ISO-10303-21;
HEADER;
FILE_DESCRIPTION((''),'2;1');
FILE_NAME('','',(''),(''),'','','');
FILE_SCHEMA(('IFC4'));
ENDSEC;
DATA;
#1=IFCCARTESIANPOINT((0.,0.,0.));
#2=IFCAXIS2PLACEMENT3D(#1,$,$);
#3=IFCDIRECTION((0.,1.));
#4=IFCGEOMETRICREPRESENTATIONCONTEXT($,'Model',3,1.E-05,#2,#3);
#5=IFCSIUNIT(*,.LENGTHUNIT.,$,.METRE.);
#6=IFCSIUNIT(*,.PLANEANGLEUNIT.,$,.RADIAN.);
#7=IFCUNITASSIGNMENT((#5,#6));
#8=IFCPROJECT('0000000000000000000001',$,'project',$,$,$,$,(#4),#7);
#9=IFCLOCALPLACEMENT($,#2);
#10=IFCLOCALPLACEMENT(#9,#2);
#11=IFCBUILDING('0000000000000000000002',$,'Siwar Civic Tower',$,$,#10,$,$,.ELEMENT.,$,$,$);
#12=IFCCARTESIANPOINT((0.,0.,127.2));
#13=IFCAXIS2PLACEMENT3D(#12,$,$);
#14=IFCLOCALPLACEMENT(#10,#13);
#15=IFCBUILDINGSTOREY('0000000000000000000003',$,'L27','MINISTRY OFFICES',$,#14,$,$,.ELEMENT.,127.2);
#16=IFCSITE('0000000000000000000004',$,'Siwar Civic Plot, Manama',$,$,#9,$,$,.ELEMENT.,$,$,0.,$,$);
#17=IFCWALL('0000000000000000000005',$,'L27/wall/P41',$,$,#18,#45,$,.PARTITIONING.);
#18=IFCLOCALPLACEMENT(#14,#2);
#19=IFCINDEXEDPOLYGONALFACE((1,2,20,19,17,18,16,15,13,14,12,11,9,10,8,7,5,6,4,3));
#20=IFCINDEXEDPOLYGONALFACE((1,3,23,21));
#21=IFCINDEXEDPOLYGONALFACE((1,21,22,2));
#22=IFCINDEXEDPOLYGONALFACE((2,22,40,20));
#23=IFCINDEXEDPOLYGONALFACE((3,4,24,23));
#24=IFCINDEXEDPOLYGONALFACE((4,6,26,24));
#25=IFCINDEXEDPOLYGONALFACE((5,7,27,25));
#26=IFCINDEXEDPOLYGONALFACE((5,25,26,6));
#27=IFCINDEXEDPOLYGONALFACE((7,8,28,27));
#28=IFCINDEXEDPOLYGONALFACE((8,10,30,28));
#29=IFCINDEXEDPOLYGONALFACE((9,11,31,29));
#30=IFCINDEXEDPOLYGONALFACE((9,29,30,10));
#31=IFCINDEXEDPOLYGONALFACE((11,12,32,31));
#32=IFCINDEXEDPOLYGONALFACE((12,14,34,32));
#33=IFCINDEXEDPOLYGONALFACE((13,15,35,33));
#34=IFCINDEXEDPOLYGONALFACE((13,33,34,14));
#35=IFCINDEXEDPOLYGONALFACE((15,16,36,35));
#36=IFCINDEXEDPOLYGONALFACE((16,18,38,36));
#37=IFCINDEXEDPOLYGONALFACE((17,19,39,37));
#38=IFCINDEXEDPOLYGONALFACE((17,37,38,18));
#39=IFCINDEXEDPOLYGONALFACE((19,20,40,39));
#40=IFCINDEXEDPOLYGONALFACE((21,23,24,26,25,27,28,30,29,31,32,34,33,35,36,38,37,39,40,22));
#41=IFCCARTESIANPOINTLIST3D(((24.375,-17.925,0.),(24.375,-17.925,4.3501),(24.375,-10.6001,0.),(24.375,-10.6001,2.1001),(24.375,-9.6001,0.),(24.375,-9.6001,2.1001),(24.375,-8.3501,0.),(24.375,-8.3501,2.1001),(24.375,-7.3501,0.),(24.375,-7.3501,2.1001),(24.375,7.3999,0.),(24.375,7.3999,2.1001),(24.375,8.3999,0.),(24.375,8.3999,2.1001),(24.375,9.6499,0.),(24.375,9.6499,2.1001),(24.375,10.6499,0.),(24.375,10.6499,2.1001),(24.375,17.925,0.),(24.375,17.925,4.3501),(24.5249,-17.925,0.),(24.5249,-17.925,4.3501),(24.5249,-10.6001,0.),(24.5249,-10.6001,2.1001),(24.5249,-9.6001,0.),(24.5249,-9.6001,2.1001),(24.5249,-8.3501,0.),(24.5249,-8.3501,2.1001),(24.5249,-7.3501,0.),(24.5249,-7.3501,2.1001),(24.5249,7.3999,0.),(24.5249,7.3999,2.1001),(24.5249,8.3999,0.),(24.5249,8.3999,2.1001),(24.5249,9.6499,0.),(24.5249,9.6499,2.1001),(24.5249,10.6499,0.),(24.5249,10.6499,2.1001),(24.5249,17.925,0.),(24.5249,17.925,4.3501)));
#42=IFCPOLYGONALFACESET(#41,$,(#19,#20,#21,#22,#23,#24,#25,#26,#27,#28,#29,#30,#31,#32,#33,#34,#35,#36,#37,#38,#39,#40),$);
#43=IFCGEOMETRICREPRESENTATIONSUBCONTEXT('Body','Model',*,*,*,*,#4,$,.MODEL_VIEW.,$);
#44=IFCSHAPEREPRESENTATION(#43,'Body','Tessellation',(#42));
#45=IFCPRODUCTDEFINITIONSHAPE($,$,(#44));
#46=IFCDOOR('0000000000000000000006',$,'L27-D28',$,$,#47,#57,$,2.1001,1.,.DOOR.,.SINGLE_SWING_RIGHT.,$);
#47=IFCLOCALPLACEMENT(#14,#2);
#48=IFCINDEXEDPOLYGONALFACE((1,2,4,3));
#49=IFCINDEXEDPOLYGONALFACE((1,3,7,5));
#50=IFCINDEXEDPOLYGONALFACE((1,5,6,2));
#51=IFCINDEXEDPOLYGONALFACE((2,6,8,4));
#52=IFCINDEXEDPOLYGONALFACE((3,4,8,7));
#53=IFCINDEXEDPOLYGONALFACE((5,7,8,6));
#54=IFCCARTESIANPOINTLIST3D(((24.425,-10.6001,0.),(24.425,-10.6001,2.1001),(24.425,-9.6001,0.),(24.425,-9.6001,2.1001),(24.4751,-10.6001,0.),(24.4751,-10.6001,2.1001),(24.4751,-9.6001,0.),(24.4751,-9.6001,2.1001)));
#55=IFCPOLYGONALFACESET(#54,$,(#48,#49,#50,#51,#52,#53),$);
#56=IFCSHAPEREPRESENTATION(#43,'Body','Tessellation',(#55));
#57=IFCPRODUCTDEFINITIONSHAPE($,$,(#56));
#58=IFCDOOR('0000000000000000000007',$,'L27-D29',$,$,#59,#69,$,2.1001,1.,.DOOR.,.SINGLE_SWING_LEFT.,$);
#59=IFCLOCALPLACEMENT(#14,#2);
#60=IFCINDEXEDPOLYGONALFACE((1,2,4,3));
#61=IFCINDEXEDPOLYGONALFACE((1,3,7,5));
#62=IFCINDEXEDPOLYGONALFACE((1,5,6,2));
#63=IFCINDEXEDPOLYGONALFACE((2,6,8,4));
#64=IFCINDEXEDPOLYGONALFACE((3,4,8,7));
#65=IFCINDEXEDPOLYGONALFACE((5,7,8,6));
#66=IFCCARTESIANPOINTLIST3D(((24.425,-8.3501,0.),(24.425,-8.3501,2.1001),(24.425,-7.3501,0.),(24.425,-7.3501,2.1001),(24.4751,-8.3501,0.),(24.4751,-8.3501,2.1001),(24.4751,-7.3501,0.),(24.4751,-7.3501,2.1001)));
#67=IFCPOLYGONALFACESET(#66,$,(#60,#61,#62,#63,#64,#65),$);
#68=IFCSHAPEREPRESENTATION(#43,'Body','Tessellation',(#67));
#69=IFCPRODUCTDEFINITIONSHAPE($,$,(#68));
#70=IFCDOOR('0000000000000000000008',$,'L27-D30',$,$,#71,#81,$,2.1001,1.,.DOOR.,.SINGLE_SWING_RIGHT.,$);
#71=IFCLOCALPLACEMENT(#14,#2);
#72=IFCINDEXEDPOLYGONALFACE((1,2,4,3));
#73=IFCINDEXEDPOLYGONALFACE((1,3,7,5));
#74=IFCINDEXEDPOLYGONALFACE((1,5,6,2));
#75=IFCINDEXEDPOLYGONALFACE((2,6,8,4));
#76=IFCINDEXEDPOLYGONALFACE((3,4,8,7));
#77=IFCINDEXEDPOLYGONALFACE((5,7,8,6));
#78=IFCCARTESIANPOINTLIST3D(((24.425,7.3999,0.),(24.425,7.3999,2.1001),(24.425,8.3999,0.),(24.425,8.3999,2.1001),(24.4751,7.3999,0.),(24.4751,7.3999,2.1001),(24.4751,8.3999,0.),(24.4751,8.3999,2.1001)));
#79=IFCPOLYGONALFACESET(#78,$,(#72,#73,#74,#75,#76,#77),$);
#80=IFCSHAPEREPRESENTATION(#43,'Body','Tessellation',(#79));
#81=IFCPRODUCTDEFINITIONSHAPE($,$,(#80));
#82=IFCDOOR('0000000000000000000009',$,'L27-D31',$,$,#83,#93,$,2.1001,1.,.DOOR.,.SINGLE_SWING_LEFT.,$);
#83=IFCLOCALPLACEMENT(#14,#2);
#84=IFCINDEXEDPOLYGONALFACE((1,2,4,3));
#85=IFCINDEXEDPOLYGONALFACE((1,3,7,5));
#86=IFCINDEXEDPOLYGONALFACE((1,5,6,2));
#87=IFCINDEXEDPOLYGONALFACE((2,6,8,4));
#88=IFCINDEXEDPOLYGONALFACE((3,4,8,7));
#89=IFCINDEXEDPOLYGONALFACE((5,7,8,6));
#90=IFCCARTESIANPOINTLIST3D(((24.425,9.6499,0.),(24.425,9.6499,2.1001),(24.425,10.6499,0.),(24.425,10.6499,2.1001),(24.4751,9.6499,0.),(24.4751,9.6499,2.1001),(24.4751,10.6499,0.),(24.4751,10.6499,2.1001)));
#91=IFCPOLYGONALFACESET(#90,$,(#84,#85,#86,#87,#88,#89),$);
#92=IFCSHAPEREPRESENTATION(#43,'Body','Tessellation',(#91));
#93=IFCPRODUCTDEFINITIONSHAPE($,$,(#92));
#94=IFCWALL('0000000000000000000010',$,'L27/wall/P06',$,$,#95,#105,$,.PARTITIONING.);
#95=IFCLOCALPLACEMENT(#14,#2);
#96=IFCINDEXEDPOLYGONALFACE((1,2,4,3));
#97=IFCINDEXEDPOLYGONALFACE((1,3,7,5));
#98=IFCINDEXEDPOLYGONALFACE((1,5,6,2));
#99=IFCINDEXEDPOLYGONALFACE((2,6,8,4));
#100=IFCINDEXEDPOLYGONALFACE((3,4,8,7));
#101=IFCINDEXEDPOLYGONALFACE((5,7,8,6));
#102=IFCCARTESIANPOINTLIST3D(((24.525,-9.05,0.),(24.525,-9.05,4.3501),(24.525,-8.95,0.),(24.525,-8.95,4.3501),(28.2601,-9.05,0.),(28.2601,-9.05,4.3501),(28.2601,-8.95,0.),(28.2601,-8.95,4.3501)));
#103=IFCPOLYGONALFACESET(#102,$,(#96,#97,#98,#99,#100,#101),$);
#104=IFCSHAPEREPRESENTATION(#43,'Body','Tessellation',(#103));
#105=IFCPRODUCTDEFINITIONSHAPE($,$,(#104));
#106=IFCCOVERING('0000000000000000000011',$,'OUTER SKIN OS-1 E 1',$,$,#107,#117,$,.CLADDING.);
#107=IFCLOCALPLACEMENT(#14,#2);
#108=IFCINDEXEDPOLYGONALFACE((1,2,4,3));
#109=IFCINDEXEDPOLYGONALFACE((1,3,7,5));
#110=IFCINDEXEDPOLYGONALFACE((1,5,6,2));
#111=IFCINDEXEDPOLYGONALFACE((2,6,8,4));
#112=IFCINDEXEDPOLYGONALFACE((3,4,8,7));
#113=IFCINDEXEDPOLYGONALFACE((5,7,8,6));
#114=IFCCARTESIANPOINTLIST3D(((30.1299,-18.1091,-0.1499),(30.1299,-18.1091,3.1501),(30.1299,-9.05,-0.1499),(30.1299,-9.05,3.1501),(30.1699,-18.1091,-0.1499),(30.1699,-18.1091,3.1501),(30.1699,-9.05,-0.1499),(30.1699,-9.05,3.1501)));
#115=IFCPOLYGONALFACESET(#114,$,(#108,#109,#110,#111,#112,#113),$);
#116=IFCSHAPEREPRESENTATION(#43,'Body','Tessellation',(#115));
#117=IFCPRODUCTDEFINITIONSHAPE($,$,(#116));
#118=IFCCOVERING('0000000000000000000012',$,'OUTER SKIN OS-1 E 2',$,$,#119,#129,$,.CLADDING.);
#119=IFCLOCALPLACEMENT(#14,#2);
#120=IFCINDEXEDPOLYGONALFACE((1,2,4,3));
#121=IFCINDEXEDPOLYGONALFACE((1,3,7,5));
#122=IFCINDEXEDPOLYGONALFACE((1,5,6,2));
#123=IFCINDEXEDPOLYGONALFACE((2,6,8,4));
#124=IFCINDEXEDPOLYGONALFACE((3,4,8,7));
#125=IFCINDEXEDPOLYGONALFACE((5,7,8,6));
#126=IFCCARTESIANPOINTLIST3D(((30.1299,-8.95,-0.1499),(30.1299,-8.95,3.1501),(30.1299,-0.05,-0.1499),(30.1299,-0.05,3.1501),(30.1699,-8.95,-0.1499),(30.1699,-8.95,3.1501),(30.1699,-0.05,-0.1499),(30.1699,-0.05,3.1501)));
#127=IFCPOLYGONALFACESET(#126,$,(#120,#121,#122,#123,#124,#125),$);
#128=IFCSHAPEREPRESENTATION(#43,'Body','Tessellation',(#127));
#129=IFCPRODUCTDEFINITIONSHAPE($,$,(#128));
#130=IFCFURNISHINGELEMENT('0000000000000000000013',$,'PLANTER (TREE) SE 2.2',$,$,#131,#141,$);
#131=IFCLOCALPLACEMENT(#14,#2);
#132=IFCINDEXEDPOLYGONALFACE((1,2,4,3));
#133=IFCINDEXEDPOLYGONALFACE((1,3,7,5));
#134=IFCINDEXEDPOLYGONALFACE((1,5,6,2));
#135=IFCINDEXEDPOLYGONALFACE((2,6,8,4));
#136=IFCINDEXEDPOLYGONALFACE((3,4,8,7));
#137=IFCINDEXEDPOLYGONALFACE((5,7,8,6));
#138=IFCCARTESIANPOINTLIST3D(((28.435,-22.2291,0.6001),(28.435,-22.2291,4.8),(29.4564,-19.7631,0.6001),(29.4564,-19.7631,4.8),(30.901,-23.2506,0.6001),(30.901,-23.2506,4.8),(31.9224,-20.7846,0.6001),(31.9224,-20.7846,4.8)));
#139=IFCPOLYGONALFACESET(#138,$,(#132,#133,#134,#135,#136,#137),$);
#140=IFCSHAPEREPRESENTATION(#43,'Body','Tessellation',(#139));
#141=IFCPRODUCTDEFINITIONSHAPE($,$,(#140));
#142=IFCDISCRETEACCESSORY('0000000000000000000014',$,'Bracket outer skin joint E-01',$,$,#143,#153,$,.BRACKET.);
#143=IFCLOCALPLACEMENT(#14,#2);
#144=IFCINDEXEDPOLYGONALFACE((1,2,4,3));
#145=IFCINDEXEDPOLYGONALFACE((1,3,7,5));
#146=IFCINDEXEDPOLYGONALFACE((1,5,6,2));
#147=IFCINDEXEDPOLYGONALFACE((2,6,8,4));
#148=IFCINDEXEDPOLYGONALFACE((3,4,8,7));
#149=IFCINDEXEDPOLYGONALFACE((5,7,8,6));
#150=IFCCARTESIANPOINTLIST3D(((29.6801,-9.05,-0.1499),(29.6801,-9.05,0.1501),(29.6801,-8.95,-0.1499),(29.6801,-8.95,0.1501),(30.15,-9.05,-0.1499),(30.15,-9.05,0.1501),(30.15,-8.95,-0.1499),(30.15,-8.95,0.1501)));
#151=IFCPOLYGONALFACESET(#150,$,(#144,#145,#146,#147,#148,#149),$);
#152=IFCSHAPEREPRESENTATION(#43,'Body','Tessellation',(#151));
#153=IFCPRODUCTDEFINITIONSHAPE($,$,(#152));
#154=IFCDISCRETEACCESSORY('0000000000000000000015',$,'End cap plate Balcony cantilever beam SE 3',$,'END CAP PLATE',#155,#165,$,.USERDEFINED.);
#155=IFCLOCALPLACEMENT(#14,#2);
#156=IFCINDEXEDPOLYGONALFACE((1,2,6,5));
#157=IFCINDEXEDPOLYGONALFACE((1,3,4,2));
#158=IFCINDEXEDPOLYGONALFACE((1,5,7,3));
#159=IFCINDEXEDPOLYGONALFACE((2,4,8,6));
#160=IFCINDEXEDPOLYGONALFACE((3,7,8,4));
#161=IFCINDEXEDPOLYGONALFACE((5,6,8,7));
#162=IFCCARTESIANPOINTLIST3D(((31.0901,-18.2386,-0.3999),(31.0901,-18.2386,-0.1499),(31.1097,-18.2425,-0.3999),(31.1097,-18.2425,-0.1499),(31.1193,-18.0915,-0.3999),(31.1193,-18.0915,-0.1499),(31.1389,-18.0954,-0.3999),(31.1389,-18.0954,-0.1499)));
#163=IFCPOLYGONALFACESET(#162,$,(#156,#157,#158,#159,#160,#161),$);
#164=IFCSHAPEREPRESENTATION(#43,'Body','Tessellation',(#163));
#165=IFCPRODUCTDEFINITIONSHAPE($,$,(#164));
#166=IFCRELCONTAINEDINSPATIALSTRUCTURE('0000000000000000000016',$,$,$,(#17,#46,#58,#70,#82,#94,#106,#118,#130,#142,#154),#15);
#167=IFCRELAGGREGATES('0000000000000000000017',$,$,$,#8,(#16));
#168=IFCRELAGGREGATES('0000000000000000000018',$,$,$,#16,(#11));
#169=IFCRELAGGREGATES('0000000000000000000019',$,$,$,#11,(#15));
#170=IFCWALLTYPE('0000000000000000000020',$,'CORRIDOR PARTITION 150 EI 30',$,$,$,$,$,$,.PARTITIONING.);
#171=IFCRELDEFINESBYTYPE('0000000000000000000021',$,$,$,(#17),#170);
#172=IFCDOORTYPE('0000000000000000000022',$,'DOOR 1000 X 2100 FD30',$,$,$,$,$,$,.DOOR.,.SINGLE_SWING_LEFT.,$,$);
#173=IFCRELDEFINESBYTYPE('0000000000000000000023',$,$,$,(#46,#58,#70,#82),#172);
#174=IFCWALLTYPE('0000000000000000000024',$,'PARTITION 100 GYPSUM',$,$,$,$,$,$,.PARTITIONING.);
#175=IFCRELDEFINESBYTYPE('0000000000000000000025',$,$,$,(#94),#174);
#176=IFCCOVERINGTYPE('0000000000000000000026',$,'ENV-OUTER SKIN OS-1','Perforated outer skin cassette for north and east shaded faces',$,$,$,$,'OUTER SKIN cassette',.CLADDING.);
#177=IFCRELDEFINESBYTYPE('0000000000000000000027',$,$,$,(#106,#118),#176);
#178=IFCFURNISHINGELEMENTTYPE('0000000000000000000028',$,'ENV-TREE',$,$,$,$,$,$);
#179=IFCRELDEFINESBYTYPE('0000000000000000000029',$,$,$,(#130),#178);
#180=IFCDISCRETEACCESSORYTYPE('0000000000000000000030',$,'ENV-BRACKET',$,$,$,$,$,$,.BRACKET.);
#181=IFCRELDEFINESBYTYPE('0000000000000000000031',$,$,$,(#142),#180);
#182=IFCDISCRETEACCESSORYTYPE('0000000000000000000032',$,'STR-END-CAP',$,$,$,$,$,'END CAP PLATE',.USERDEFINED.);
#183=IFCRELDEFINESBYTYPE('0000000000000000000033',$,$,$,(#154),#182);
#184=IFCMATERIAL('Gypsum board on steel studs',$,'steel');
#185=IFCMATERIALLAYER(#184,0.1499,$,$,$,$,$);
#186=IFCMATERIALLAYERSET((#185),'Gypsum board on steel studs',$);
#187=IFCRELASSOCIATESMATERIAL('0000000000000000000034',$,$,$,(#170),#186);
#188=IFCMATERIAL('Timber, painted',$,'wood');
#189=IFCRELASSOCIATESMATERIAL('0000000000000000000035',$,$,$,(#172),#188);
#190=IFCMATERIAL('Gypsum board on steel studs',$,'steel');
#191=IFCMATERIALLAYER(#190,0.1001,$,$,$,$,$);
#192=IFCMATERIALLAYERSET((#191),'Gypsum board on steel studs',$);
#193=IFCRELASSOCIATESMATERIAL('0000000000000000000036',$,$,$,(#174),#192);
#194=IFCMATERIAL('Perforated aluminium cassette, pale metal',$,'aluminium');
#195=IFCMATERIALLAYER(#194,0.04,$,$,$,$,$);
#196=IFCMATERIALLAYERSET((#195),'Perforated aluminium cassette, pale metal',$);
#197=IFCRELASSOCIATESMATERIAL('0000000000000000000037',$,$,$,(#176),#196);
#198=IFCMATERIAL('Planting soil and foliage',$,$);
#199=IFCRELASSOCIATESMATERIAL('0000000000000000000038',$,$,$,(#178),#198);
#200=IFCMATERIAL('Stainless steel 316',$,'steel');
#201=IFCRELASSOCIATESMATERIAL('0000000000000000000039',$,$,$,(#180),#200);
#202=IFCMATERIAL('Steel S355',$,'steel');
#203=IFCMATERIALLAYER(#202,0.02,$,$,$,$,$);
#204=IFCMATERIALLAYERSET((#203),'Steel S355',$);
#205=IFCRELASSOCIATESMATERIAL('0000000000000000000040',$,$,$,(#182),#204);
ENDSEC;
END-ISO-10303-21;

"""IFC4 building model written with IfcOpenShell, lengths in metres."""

from ifc_helpers import new_model, si_unit, direction, frame, frame_2d, origin, origin_2d, place, context, subcontext, project, spatial, rectangle, extrude, material, layer, layer_set, type_object, element, fill, save


model = new_model("IFC4")

# Units and contexts
model_context = context("Model", 3, precision=1e-05, world=origin(), true_north=direction((0.0, 1.0)))
body_context = subcontext(model_context, "Body", "Model", "MODEL_VIEW")
ifc_project = project(units=[si_unit("LENGTHUNIT", "METRE"), si_unit("PLANEANGLEUNIT", "RADIAN")], contexts=[model_context])

# Site, building, storey
site_placement = place(None, origin())
site = spatial("IfcSite", under=ifc_project, at=site_placement, Name="Siwar Civic Plot, Manama", CompositionType="ELEMENT", RefElevation=0.0)
building_placement = place(site_placement, origin())
building = spatial("IfcBuilding", under=site, at=building_placement, Name="Siwar Civic Tower", CompositionType="ELEMENT")
storey_placement = place(building_placement, frame((0.0, 0.0, 127.2)))
storey = spatial("IfcBuildingStorey", under=building, at=storey_placement, Name="L27", Description="MINISTRY OFFICES", CompositionType="ELEMENT", Elevation=127.2)

# Shared definitions
ifc_material_1 = material(Name="Gypsum board on steel studs", Category="steel")
ifc_layer_1 = layer(ifc_material_1, 0.1499)
ifc_layer_set_1 = layer_set([ifc_layer_1], Name="Gypsum board on steel studs")
wall_type_1 = type_object("IfcWallType", Name="CORRIDOR PARTITION 150 EI 30", PredefinedType="PARTITIONING", material=ifc_layer_set_1)

# Wall, openings, doors
wall_1_placement = place(storey_placement, frame((24.45, -17.925, 0.0), z_axis=(0.0, 0.0, 1.0), x_axis=(0.0, 1.0, 0.0)))
wall_1 = element("IfcWall", 1, at=wall_1_placement, inside=storey, type_object=wall_type_1, Name="L27/wall/P41", PredefinedType="PARTITIONING", context=body_context, shape_type="SweptSolid", body=[
    extrude(rectangle(XDim=35.8501, YDim=0.1499, at=frame_2d((17.925, 0.0))), origin(), (0.0, 0.0, 1.0), 4.3501),
])
opening_1_placement = place(wall_1_placement, frame((7.325, 0.0, 0.0)))
opening_1 = element("IfcOpeningElement", 2, at=opening_1_placement, cuts=wall_1, PredefinedType="OPENING", context=body_context, shape_type="SweptSolid", body=[
    extrude(rectangle(XDim=1.0, YDim=2.1001, at=frame_2d((0.5, 1.05))), frame((0.0, 0.085, 0.0), z_axis=(0.0, -1.0, 0.0), x_axis=(1.0, 0.0, 0.0)), (0.0, 0.0, 1.0), 0.1699),
])
opening_2_placement = place(wall_1_placement, frame((9.575, 0.0, 0.0)))
opening_2 = element("IfcOpeningElement", 3, at=opening_2_placement, cuts=wall_1, PredefinedType="OPENING", context=body_context, shape_type="SweptSolid", body=[
    extrude(rectangle(XDim=1.0, YDim=2.1001, at=frame_2d((0.5, 1.05))), frame((0.0, 0.085, 0.0), z_axis=(0.0, -1.0, 0.0), x_axis=(1.0, 0.0, 0.0)), (0.0, 0.0, 1.0), 0.1699),
])
opening_3_placement = place(wall_1_placement, frame((25.325, 0.0, 0.0)))
opening_3 = element("IfcOpeningElement", 4, at=opening_3_placement, cuts=wall_1, PredefinedType="OPENING", context=body_context, shape_type="SweptSolid", body=[
    extrude(rectangle(XDim=1.0, YDim=2.1001, at=frame_2d((0.5, 1.05))), frame((0.0, 0.085, 0.0), z_axis=(0.0, -1.0, 0.0), x_axis=(1.0, 0.0, 0.0)), (0.0, 0.0, 1.0), 0.1699),
])
opening_4_placement = place(wall_1_placement, frame((27.575, 0.0, 0.0)))
opening_4 = element("IfcOpeningElement", 5, at=opening_4_placement, cuts=wall_1, PredefinedType="OPENING", context=body_context, shape_type="SweptSolid", body=[
    extrude(rectangle(XDim=1.0, YDim=2.1001, at=frame_2d((0.5, 1.05))), frame((0.0, 0.085, 0.0), z_axis=(0.0, -1.0, 0.0), x_axis=(1.0, 0.0, 0.0)), (0.0, 0.0, 1.0), 0.1699),
])
ifc_material_2 = material(Name="Timber, painted", Category="wood")
door_type_1 = type_object("IfcDoorType", Name="DOOR 1000 X 2100 FD30", OperationType="SINGLE_SWING_LEFT", PredefinedType="DOOR", material=ifc_material_2)
door_1_placement = place(opening_1_placement, origin())
door_1 = element("IfcDoor", 6, at=door_1_placement, inside=storey, type_object=door_type_1, Name="L27-D28", OperationType="SINGLE_SWING_RIGHT", OverallHeight=2.1001, OverallWidth=1.0, PredefinedType="DOOR", context=body_context, shape_type="SweptSolid", body=[
    extrude(rectangle(XDim=1.0, YDim=2.1001, at=frame_2d((0.5, 1.05))), frame((0.0, 0.0249, 0.0), z_axis=(0.0, -1.0, 0.0), x_axis=(1.0, 0.0, 0.0)), (0.0, 0.0, 1.0), 0.05),
])
fill(opening_1, door_1)
door_2_placement = place(opening_2_placement, origin())
door_2 = element("IfcDoor", 7, at=door_2_placement, inside=storey, type_object=door_type_1, Name="L27-D29", OperationType="SINGLE_SWING_LEFT", OverallHeight=2.1001, OverallWidth=1.0, PredefinedType="DOOR", context=body_context, shape_type="SweptSolid", body=[
    extrude(rectangle(XDim=1.0, YDim=2.1001, at=frame_2d((0.5, 1.05))), frame((0.0, 0.0249, 0.0), z_axis=(0.0, -1.0, 0.0), x_axis=(1.0, 0.0, 0.0)), (0.0, 0.0, 1.0), 0.05),
])
fill(opening_2, door_2)
door_3_placement = place(opening_3_placement, origin())
door_3 = element("IfcDoor", 8, at=door_3_placement, inside=storey, type_object=door_type_1, Name="L27-D30", OperationType="SINGLE_SWING_RIGHT", OverallHeight=2.1001, OverallWidth=1.0, PredefinedType="DOOR", context=body_context, shape_type="SweptSolid", body=[
    extrude(rectangle(XDim=1.0, YDim=2.1001, at=frame_2d((0.5, 1.05))), frame((0.0, 0.0249, 0.0), z_axis=(0.0, -1.0, 0.0), x_axis=(1.0, 0.0, 0.0)), (0.0, 0.0, 1.0), 0.05),
])
fill(opening_3, door_3)
door_4_placement = place(opening_4_placement, origin())
door_4 = element("IfcDoor", 9, at=door_4_placement, inside=storey, type_object=door_type_1, Name="L27-D31", OperationType="SINGLE_SWING_LEFT", OverallHeight=2.1001, OverallWidth=1.0, PredefinedType="DOOR", context=body_context, shape_type="SweptSolid", body=[
    extrude(rectangle(XDim=1.0, YDim=2.1001, at=frame_2d((0.5, 1.05))), frame((0.0, 0.0249, 0.0), z_axis=(0.0, -1.0, 0.0), x_axis=(1.0, 0.0, 0.0)), (0.0, 0.0, 1.0), 0.05),
])
fill(opening_4, door_4)

# Wall
ifc_material_3 = material(Name="Gypsum board on steel studs", Category="steel")
ifc_layer_2 = layer(ifc_material_3, 0.1001)
ifc_layer_set_2 = layer_set([ifc_layer_2], Name="Gypsum board on steel studs")
wall_type_2 = type_object("IfcWallType", Name="PARTITION 100 GYPSUM", PredefinedType="PARTITIONING", material=ifc_layer_set_2)
wall_2_placement = place(storey_placement, frame((24.5249, -9.0, 0.0), z_axis=(0.0, 0.0, 1.0), x_axis=(1.0, 0.0, 0.0)))
element("IfcWall", 10, at=wall_2_placement, inside=storey, type_object=wall_type_2, Name="L27/wall/P06", PredefinedType="PARTITIONING", context=body_context, shape_type="SweptSolid", body=[
    extrude(rectangle(XDim=3.7351, YDim=0.1001, at=frame_2d((1.8677, 0.0))), origin(), (0.0, 0.0, 1.0), 4.3501),
])

# Coverings
ifc_material_4 = material(Name="Perforated aluminium cassette, pale metal", Category="aluminium")
ifc_layer_3 = layer(ifc_material_4, 0.04)
ifc_layer_set_3 = layer_set([ifc_layer_3], Name="Perforated aluminium cassette, pale metal")
covering_type = type_object("IfcCoveringType", Name="ENV-OUTER SKIN OS-1", Description="Perforated outer skin cassette for north and east shaded faces", ElementType="OUTER SKIN cassette", PredefinedType="CLADDING", material=ifc_layer_set_3)
covering_1_placement = place(storey_placement, frame((30.1499, -13.5796, -0.1499), z_axis=(0.0, 0.0, 1.0), x_axis=(0.0, 1.0, 0.0)))
element("IfcCovering", 11, at=covering_1_placement, inside=storey, type_object=covering_type, Name="OUTER SKIN OS-1 E 1", PredefinedType="CLADDING", context=body_context, shape_type="SweptSolid", body=[
    extrude(rectangle(XDim=9.0591, YDim=0.04, at=origin_2d()), origin(), (0.0, 0.0, 1.0), 3.3),
])
covering_2_placement = place(storey_placement, frame((30.1499, -4.5, -0.1499), z_axis=(0.0, 0.0, 1.0), x_axis=(0.0, 1.0, 0.0)))
element("IfcCovering", 12, at=covering_2_placement, inside=storey, type_object=covering_type, Name="OUTER SKIN OS-1 E 2", PredefinedType="CLADDING", context=body_context, shape_type="SweptSolid", body=[
    extrude(rectangle(XDim=8.8999, YDim=0.04, at=origin_2d()), origin(), (0.0, 0.0, 1.0), 3.3),
])

# Furnishing element
ifc_material_5 = material(Name="Planting soil and foliage")
furnishing_element_type = type_object("IfcFurnishingElementType", Name="ENV-TREE", material=ifc_material_5)
furnishing_placement = place(storey_placement, frame((30.1787, -21.5068, 0.6001), z_axis=(0.0, 0.0, 1.0), x_axis=(0.382683, 0.92388, 0.0)))
element("IfcFurnishingElement", 13, at=furnishing_placement, inside=storey, type_object=furnishing_element_type, Name="PLANTER (TREE) SE 2.2", context=body_context, shape_type="SweptSolid", body=[
    extrude(rectangle(XDim=2.6692, YDim=2.6692, at=origin_2d()), origin(), (0.0, 0.0, 1.0), 4.2),
])

# Discrete accessories
ifc_material_6 = material(Name="Stainless steel 316", Category="steel")
discrete_accessory_type_1 = type_object("IfcDiscreteAccessoryType", Name="ENV-BRACKET", PredefinedType="BRACKET", material=ifc_material_6)
discrete_accessory_1_placement = place(storey_placement, frame((29.915, -9.0, -0.1499), z_axis=(0.0, 0.0, 1.0), x_axis=(1.0, 0.0, 0.0)))
element("IfcDiscreteAccessory", 14, at=discrete_accessory_1_placement, inside=storey, type_object=discrete_accessory_type_1, Name="Bracket outer skin joint E-01", PredefinedType="BRACKET", context=body_context, shape_type="SweptSolid", body=[
    extrude(rectangle(XDim=0.47, YDim=0.1001, at=origin_2d()), origin(), (0.0, 0.0, 1.0), 0.3),
])
ifc_material_7 = material(Name="Steel S355", Category="steel")
ifc_layer_4 = layer(ifc_material_7, 0.02)
ifc_layer_set_4 = layer_set([ifc_layer_4], Name="Steel S355")
discrete_accessory_type_2 = type_object("IfcDiscreteAccessoryType", Name="STR-END-CAP", ElementType="END CAP PLATE", PredefinedType="USERDEFINED", material=ifc_layer_set_4)
discrete_accessory_2_placement = place(storey_placement, frame((31.1145, -18.167, -0.3999), z_axis=(0.0, 0.0, 1.0), x_axis=(0.980785, -0.19509, 0.0)))
element("IfcDiscreteAccessory", 15, at=discrete_accessory_2_placement, inside=storey, type_object=discrete_accessory_type_2, Name="End cap plate Balcony cantilever beam SE 3", ObjectType="END CAP PLATE", PredefinedType="USERDEFINED", context=body_context, shape_type="SweptSolid", body=[
    extrude(rectangle(XDim=0.02, YDim=0.1499, at=origin_2d()), origin(), (0.0, 0.0, 1.0), 0.25),
])

save(model, "model.ifc")
